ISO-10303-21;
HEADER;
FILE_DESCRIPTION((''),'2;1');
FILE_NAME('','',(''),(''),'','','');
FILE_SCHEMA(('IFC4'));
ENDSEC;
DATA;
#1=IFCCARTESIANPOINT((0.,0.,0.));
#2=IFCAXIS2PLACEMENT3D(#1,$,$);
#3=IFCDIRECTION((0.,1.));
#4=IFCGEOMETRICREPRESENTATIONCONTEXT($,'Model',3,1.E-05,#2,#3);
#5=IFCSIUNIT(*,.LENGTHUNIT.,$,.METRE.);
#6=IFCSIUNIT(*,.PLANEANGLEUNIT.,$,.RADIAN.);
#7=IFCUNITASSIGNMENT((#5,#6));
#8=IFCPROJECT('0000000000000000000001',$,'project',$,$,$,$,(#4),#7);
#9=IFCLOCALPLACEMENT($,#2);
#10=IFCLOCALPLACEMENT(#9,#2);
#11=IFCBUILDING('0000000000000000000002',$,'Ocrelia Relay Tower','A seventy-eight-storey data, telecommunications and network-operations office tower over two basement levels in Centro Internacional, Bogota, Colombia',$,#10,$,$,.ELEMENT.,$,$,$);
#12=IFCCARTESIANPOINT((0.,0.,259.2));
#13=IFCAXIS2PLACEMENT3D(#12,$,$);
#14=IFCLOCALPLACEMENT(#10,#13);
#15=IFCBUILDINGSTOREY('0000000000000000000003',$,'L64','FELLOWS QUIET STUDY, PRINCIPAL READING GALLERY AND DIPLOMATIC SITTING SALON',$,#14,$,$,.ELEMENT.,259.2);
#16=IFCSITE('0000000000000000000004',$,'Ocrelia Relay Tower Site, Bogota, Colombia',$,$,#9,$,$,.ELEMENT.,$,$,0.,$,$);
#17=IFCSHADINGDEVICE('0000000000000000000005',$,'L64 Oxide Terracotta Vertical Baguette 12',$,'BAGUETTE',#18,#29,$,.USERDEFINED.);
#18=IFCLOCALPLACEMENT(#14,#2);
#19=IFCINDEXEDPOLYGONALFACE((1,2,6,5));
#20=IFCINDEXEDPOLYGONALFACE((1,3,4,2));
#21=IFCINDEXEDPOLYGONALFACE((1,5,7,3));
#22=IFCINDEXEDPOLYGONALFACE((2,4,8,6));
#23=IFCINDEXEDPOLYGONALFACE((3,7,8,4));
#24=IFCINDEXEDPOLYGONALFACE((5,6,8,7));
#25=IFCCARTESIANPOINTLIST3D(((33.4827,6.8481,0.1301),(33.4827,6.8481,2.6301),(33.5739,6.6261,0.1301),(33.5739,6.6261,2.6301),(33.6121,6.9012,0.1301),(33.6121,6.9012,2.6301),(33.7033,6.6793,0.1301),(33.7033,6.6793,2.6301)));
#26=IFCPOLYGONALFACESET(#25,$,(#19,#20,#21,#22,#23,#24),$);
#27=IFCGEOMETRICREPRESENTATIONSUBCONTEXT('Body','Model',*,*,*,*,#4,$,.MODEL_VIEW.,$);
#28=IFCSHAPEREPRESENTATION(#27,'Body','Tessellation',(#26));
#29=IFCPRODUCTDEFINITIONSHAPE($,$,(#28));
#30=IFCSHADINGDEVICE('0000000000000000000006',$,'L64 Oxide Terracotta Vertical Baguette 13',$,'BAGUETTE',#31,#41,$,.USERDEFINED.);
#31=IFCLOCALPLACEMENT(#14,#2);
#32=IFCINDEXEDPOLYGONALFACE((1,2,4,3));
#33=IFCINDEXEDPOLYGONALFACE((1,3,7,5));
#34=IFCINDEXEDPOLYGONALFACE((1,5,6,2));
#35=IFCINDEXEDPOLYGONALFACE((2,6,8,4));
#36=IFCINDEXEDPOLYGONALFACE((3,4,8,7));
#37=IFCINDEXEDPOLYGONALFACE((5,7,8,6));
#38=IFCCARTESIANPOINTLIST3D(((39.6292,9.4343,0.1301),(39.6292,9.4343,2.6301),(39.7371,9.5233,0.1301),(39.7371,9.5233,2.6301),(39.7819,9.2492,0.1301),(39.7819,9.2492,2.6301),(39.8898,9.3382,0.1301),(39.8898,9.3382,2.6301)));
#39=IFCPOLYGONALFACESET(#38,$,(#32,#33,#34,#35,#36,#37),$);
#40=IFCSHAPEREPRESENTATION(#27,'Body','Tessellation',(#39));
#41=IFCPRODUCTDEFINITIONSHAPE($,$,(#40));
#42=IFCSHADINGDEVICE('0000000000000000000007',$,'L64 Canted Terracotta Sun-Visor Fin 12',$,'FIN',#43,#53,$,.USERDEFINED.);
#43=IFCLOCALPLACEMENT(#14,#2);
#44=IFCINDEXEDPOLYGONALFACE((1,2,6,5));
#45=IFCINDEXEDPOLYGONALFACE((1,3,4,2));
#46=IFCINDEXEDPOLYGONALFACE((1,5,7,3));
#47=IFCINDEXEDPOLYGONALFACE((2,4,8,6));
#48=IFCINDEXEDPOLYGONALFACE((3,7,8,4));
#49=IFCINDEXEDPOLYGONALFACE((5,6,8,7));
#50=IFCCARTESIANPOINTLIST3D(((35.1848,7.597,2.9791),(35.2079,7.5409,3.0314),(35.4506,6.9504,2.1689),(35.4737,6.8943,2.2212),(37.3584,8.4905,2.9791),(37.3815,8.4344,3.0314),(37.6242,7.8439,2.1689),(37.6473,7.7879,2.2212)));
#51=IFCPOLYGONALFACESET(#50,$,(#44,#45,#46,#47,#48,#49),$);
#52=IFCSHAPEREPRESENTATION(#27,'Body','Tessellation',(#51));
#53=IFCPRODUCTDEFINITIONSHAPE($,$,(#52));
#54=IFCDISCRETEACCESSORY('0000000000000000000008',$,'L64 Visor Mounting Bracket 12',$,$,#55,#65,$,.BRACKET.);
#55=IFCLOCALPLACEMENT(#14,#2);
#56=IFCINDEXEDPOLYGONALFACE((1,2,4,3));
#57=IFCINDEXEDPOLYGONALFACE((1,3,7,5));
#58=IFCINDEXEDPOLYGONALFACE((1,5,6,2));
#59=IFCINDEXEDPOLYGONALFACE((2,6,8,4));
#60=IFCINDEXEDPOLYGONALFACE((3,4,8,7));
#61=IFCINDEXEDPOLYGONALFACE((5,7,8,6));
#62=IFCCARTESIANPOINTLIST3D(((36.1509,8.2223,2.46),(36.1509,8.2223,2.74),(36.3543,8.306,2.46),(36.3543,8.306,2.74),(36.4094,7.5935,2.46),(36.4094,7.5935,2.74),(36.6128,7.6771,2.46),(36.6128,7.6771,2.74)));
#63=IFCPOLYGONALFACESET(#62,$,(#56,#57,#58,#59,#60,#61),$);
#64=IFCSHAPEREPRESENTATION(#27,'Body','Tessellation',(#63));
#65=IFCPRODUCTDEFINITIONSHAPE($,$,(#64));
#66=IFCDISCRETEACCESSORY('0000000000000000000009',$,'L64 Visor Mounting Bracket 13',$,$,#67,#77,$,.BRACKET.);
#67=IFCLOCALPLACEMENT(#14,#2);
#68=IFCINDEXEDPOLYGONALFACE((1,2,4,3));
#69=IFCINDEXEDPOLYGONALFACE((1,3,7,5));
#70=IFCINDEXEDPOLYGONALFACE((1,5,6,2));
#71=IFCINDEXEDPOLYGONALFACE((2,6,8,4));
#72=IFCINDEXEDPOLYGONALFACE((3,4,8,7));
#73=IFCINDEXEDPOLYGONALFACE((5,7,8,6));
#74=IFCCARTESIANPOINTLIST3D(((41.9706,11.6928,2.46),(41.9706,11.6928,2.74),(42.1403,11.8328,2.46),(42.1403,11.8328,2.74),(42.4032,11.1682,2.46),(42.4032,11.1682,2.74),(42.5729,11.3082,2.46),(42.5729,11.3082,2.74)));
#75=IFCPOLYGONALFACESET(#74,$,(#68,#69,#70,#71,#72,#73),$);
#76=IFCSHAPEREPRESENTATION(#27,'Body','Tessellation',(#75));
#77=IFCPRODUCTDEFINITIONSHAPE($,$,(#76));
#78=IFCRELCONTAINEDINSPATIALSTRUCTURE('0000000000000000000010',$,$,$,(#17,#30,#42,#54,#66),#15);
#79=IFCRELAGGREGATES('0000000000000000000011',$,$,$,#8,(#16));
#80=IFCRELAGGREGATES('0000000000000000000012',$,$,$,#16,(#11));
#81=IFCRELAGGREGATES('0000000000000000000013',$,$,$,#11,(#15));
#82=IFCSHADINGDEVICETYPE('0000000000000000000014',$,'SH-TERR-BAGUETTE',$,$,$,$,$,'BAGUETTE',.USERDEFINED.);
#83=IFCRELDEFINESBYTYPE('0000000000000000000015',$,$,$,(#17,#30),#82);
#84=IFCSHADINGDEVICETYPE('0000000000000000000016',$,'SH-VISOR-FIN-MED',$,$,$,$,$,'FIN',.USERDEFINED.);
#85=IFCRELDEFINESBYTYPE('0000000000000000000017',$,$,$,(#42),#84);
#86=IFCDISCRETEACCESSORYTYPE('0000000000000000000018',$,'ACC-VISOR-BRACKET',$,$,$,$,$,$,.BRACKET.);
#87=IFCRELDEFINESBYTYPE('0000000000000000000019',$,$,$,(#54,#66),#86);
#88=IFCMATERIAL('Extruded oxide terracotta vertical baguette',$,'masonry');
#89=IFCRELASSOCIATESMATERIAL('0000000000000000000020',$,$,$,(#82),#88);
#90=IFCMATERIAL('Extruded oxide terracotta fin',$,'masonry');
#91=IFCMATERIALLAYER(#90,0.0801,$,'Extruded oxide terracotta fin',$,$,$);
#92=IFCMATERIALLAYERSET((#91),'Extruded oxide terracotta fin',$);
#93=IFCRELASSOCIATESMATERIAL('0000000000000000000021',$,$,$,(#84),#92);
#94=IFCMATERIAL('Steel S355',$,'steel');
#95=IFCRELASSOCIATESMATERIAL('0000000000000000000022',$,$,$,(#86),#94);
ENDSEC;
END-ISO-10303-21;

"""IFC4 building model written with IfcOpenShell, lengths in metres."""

from ifc_helpers import new_model, si_unit, direction, frame, origin, origin_2d, place, context, subcontext, project, spatial, rectangle, extrude, material, layer, layer_set, type_object, element, save


model = new_model("IFC4")

# Units and contexts
model_context = context("Model", 3, precision=1e-05, world=origin(), true_north=direction((0.0, 1.0)))
body_context = subcontext(model_context, "Body", "Model", "MODEL_VIEW")
ifc_project = project(units=[si_unit("LENGTHUNIT", "METRE"), si_unit("PLANEANGLEUNIT", "RADIAN")], contexts=[model_context])

# Site, building, storey
site_placement = place(None, origin())
site = spatial("IfcSite", under=ifc_project, at=site_placement, Name="Ocrelia Relay Tower Site, Bogota, Colombia", CompositionType="ELEMENT", RefElevation=0.0)
building_placement = place(site_placement, origin())
building = spatial("IfcBuilding", under=site, at=building_placement, Name="Ocrelia Relay Tower", Description="A seventy-eight-storey data, telecommunications and network-operations office tower over two basement levels in Centro Internacional, Bogota, Colombia", CompositionType="ELEMENT")
storey_placement = place(building_placement, frame((0.0, 0.0, 259.2)))
storey = spatial("IfcBuildingStorey", under=building, at=storey_placement, Name="L64", Description="FELLOWS QUIET STUDY, PRINCIPAL READING GALLERY AND DIPLOMATIC SITTING SALON", CompositionType="ELEMENT", Elevation=259.2)

# Shared definitions
ifc_material_1 = material(Name="Steel S355", Category="steel")

# Shading devices
ifc_material_2 = material(Name="Extruded oxide terracotta vertical baguette", Category="masonry")
shading_device_type_1 = type_object("IfcShadingDeviceType", Name="SH-TERR-BAGUETTE", ElementType="BAGUETTE", PredefinedType="USERDEFINED", material=ifc_material_2)
for number, where, z_axis, x_axis, name in (
    (1, (33.593, 6.7637, 0.1301), (0.0, 0.0, 1.0), (0.924901, 0.380208, 0.0), "L64 Oxide Terracotta Vertical Baguette 12"),
    (2, (39.7595, 9.3862, 0.1301), (0.0, 0.0, 1.0), (0.771528, 0.636196, 0.0), "L64 Oxide Terracotta Vertical Baguette 13"),
):
    element("IfcShadingDevice", number, at=place(storey_placement, frame(where, z_axis=z_axis, x_axis=x_axis)), inside=storey, type_object=shading_device_type_1, Name=name, ObjectType="BAGUETTE", PredefinedType="USERDEFINED", context=body_context, shape_type="SweptSolid", body=[
        extrude(rectangle(XDim=0.1399, YDim=0.24, at=origin_2d()), origin(), (0.0, 0.0, 1.0), 2.5),
    ])
ifc_material_3 = material(Name="Extruded oxide terracotta fin", Category="masonry")
ifc_layer_1 = layer(ifc_material_3, 0.0801, Name="Extruded oxide terracotta fin")
ifc_layer_set_1 = layer_set([ifc_layer_1], Name="Extruded oxide terracotta fin")
shading_device_type_2 = type_object("IfcShadingDeviceType", Name="SH-VISOR-FIN-MED", ElementType="FIN", PredefinedType="USERDEFINED", material=ifc_layer_set_1)
shading_device_placement = place(storey_placement, frame((36.4045, 7.7205, 2.574), z_axis=(0.287859, -0.700251, 0.653288), x_axis=(0.924901, 0.380208, 0.0)))
element("IfcShadingDevice", 3, at=shading_device_placement, inside=storey, type_object=shading_device_type_2, Name="L64 Canted Terracotta Sun-Visor Fin 12", ObjectType="FIN", PredefinedType="USERDEFINED", context=body_context, shape_type="SweptSolid", body=[
    extrude(rectangle(XDim=2.3501, YDim=1.0701, at=origin_2d()), origin(), (0.0, 0.0, 1.0), 0.0801),
])

# Discrete accessories
discrete_accessory_type = type_object("IfcDiscreteAccessoryType", Name="ACC-VISOR-BRACKET", PredefinedType="BRACKET", material=ifc_material_1)
for number, where, z_axis, x_axis, name in (
    (4, (36.3818, 7.9497, 2.46), (0.0, 0.0, 1.0), (0.924901, 0.380208, 0.0), "L64 Visor Mounting Bracket 12"),
    (5, (42.2717, 11.5005, 2.46), (0.0, 0.0, 1.0), (0.771528, 0.636196, 0.0), "L64 Visor Mounting Bracket 13"),
):
    element("IfcDiscreteAccessory", number, at=place(storey_placement, frame(where, z_axis=z_axis, x_axis=x_axis)), inside=storey, type_object=discrete_accessory_type, Name=name, PredefinedType="BRACKET", context=body_context, shape_type="SweptSolid", body=[
        extrude(rectangle(XDim=0.22, YDim=0.6799, at=origin_2d()), origin(), (0.0, 0.0, 1.0), 0.28),
    ])

save(model, "model.ifc")
